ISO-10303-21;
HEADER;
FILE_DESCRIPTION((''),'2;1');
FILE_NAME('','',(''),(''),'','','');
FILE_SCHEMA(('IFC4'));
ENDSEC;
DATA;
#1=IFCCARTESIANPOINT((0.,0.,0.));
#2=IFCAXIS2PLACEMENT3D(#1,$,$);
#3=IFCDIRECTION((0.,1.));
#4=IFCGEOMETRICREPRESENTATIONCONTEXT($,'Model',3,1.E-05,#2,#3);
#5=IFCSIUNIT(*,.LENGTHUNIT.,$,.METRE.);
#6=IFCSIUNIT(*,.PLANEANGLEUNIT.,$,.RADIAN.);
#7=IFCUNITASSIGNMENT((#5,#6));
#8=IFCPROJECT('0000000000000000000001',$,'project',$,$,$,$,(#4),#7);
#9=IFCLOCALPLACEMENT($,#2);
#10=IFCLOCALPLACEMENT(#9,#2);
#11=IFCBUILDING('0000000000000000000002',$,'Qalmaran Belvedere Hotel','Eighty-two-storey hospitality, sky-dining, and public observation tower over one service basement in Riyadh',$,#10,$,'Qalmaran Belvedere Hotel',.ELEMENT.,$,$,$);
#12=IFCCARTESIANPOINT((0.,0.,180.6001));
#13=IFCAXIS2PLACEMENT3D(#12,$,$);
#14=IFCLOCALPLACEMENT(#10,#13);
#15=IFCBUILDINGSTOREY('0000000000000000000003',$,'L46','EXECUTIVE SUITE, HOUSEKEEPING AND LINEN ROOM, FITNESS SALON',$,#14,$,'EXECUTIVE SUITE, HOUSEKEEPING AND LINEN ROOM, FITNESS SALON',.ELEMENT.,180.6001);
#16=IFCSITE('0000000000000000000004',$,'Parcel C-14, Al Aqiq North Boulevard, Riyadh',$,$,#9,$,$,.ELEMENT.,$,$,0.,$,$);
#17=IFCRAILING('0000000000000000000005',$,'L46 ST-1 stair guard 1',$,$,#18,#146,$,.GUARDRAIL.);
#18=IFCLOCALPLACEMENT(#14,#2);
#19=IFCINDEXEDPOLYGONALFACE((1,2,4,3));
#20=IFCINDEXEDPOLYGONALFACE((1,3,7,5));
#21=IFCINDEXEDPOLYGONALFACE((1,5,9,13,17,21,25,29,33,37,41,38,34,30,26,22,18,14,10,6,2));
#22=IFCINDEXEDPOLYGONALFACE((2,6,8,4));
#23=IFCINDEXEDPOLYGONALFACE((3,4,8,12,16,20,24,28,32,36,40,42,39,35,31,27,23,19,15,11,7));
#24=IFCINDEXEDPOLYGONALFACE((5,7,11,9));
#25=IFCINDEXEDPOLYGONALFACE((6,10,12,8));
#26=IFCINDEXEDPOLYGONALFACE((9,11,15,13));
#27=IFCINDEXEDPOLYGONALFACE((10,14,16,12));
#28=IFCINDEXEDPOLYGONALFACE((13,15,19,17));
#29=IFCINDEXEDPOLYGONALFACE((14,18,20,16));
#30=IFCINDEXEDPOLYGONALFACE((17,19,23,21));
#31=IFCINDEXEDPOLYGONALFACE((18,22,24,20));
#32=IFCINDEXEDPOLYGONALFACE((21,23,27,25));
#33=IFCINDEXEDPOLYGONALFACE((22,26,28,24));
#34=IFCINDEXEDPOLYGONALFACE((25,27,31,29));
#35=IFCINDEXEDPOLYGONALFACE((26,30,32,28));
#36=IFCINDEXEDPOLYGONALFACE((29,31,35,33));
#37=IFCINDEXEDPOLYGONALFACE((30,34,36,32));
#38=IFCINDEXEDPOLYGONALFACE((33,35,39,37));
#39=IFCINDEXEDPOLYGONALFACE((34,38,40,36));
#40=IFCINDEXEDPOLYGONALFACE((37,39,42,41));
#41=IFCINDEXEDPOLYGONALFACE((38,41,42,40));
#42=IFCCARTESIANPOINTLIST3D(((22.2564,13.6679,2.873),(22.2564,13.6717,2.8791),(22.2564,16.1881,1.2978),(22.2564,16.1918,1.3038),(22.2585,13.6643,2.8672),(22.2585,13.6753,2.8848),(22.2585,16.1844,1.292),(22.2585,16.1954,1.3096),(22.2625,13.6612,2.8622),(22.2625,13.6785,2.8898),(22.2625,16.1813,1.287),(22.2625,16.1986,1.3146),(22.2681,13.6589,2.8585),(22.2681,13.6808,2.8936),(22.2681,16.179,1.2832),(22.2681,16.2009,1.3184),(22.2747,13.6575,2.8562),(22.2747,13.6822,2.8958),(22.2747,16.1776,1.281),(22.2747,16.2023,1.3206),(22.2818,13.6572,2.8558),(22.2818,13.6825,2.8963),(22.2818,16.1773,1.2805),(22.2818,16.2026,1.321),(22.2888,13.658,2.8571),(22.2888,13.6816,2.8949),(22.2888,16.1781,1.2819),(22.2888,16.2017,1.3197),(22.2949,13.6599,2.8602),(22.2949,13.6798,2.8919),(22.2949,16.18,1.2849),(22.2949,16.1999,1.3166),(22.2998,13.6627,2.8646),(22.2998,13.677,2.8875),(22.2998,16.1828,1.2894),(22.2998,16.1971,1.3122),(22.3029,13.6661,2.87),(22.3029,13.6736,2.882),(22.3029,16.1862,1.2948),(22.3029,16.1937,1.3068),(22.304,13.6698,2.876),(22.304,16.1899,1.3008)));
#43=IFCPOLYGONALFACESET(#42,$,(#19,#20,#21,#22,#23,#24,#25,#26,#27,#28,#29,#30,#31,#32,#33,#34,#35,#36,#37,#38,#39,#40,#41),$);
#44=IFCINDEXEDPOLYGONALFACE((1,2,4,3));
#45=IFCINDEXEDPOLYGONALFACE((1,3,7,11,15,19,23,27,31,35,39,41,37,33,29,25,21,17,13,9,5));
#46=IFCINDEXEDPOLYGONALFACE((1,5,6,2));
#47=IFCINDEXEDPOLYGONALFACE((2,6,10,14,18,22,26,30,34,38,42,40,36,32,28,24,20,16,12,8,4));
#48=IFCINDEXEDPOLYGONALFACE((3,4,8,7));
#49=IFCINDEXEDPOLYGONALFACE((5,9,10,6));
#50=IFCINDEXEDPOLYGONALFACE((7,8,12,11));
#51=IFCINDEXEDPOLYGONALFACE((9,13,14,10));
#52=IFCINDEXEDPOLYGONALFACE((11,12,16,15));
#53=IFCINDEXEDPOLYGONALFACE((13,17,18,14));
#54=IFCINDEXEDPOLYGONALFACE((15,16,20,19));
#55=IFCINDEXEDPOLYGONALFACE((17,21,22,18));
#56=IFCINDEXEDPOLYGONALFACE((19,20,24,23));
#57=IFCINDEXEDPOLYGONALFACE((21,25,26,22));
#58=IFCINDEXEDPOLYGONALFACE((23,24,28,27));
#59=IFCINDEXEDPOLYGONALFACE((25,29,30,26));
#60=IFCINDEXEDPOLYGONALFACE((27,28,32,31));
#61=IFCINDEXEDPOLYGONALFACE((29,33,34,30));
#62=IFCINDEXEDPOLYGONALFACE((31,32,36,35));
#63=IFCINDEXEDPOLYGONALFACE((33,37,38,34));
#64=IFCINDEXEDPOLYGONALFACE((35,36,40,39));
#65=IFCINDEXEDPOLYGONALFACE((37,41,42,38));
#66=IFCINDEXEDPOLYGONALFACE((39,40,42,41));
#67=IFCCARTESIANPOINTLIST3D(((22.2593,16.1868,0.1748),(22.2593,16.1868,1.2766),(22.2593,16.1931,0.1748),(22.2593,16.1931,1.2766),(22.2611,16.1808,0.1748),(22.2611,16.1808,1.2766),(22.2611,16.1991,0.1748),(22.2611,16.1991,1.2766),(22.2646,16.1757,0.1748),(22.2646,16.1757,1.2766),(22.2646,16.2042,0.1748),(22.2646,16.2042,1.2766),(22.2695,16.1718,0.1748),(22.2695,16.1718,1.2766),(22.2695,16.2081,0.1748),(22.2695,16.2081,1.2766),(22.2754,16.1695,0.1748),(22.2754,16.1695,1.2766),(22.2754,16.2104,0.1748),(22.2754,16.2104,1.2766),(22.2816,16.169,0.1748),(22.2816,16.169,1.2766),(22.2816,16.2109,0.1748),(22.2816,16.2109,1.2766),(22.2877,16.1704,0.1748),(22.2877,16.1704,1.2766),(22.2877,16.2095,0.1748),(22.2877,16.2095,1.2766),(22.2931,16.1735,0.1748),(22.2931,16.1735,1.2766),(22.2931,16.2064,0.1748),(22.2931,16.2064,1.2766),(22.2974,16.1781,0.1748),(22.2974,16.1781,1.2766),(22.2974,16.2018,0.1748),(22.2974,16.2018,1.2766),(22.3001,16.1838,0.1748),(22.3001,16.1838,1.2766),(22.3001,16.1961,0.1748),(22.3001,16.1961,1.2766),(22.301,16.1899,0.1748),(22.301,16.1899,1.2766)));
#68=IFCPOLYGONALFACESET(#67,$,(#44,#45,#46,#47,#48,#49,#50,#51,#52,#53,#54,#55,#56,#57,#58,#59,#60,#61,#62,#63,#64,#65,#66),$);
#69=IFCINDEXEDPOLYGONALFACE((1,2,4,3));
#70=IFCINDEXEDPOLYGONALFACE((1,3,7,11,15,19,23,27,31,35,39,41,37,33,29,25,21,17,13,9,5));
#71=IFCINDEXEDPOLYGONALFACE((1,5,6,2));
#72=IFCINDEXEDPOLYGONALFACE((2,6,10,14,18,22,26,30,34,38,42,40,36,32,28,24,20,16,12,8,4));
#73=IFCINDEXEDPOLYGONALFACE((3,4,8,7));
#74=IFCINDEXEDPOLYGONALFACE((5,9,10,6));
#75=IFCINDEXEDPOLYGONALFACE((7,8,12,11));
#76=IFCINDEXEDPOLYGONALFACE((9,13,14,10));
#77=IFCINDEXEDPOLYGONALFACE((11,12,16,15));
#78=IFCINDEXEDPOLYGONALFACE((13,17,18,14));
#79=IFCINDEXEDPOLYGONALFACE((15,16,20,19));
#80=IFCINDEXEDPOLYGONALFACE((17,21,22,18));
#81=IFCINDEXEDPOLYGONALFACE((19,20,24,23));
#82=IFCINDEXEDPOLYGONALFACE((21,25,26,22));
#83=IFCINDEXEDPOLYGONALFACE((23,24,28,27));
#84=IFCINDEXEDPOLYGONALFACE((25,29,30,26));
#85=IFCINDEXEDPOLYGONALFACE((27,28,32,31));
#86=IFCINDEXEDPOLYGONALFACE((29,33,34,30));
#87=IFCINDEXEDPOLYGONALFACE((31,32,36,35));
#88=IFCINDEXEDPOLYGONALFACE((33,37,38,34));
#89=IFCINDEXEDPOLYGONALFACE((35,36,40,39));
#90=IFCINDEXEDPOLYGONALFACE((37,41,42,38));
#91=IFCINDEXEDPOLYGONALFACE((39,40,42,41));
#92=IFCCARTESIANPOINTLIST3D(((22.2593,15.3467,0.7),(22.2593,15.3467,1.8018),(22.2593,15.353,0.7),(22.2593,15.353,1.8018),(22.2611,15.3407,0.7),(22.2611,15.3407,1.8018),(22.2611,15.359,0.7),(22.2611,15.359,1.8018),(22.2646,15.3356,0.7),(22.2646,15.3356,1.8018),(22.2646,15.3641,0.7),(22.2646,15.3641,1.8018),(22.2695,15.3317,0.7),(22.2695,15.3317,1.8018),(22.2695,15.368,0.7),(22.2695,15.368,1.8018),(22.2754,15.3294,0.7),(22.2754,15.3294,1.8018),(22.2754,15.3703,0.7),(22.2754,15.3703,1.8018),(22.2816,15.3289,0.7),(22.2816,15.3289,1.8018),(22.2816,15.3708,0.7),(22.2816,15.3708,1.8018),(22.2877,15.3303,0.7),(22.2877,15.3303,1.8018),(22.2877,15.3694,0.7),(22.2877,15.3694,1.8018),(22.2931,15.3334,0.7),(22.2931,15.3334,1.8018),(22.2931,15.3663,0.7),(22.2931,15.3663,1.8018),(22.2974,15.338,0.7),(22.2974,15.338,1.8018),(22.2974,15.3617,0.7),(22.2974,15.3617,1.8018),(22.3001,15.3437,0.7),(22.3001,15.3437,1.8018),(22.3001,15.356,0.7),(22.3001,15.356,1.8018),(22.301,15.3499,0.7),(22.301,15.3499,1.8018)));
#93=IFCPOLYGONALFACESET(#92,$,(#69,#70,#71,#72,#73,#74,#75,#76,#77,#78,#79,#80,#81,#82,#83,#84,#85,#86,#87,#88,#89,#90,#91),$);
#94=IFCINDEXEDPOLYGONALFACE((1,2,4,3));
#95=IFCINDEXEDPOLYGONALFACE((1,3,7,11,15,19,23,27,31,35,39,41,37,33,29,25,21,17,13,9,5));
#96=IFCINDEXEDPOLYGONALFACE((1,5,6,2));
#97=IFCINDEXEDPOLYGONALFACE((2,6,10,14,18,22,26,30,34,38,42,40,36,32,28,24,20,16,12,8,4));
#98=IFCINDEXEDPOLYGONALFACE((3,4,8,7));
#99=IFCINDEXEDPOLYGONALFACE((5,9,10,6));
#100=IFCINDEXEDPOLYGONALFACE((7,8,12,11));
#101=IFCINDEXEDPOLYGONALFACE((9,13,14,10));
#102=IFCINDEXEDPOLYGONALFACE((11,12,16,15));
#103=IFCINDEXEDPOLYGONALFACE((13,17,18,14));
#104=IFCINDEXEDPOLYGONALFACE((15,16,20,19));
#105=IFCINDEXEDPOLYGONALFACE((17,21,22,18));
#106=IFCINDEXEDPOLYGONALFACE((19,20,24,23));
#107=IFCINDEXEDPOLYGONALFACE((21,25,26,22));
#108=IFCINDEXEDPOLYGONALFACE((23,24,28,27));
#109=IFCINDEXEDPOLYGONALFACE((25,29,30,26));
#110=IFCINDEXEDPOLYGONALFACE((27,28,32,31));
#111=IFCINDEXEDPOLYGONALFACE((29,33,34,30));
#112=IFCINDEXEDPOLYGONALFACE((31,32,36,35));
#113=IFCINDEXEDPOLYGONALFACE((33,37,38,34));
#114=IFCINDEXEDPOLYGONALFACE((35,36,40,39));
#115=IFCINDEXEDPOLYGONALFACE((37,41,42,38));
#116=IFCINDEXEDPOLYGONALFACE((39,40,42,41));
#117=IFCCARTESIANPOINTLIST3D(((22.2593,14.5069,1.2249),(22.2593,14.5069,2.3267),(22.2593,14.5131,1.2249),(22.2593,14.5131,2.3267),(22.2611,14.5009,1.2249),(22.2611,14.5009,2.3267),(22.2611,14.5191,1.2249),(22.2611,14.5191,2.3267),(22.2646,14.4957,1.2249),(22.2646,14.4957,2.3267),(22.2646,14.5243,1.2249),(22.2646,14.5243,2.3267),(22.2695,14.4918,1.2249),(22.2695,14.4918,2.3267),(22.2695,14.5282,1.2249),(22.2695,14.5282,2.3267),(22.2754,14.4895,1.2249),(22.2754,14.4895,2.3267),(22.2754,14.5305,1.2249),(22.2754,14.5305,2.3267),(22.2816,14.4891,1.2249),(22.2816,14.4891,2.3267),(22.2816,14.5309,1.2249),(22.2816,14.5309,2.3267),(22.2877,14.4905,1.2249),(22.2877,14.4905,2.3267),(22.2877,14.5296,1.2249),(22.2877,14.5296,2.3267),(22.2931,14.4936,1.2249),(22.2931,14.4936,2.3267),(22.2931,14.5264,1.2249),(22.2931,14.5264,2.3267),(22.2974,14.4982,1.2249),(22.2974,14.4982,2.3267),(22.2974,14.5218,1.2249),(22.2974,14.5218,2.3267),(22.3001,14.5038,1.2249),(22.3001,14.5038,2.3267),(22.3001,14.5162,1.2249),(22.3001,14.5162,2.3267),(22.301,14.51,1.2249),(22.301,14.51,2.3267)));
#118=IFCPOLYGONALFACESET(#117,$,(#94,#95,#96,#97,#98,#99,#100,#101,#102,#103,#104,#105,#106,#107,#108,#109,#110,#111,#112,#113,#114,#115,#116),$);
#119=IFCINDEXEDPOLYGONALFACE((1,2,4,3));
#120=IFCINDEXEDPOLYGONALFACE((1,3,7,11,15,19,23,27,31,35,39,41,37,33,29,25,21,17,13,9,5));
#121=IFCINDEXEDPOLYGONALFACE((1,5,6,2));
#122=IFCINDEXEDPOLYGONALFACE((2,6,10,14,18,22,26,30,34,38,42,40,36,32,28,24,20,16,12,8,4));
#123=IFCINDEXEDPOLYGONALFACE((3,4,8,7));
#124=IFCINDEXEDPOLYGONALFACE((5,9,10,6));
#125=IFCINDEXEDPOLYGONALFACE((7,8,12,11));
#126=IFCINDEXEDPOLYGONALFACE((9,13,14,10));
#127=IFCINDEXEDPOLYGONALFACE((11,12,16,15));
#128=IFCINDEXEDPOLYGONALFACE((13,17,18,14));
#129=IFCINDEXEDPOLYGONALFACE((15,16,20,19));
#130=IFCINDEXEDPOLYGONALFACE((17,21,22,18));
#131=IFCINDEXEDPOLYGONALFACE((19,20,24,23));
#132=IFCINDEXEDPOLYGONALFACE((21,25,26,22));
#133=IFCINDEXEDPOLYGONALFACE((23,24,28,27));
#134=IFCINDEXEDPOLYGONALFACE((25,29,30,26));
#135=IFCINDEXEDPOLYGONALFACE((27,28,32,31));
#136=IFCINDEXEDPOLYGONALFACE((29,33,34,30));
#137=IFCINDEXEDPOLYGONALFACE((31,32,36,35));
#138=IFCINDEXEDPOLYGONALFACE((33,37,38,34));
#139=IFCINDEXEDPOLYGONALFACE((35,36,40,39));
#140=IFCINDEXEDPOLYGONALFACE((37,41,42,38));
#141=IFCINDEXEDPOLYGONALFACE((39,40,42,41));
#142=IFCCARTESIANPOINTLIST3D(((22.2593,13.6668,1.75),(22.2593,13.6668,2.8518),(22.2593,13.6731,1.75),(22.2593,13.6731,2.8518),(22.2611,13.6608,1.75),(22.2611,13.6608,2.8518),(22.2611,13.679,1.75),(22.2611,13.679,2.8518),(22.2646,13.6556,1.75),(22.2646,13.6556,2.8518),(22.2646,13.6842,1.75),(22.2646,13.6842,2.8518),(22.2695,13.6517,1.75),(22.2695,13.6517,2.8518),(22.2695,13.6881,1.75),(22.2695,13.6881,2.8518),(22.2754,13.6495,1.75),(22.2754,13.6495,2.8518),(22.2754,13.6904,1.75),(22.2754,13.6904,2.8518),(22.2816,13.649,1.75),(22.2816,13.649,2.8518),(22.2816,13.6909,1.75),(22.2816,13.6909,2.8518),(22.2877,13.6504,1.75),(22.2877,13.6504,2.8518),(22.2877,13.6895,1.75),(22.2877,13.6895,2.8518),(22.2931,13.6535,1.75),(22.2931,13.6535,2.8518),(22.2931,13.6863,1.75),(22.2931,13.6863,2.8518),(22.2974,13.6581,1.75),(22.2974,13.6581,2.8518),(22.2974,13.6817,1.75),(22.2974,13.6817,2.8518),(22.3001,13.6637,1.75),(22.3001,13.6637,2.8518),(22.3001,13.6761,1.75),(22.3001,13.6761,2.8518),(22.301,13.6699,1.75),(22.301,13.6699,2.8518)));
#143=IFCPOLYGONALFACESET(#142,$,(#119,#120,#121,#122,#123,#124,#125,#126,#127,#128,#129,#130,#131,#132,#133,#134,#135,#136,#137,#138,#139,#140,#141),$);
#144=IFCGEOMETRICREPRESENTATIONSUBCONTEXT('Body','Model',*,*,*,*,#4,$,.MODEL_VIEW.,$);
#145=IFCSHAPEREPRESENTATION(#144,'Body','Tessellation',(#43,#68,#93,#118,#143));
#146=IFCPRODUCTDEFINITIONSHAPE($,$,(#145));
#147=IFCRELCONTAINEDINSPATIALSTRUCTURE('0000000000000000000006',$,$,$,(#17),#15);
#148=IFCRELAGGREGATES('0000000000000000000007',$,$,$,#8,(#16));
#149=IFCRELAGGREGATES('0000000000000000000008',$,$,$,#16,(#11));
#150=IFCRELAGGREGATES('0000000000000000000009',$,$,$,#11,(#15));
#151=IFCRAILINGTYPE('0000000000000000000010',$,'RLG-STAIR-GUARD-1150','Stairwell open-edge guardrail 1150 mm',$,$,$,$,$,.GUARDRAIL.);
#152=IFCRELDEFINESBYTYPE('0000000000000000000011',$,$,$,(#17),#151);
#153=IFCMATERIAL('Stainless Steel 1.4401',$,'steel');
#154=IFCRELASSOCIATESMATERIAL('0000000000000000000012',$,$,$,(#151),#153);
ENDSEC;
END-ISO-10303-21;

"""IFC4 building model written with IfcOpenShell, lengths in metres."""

from ifc_helpers import new_model, si_unit, direction, frame, origin, origin_2d, place, context, subcontext, project, spatial, circle, extrude, material, type_object, element, save


model = new_model("IFC4")

# Units and contexts
model_context = context("Model", 3, precision=1e-05, world=origin(), true_north=direction((0.0, 1.0)))
body_context = subcontext(model_context, "Body", "Model", "MODEL_VIEW")
ifc_project = project(units=[si_unit("LENGTHUNIT", "METRE"), si_unit("PLANEANGLEUNIT", "RADIAN")], contexts=[model_context])

# Site, building, storey
site_placement = place(None, origin())
site = spatial("IfcSite", under=ifc_project, at=site_placement, Name="Parcel C-14, Al Aqiq North Boulevard, Riyadh", CompositionType="ELEMENT", RefElevation=0.0)
building_placement = place(site_placement, origin())
building = spatial("IfcBuilding", under=site, at=building_placement, Name="Qalmaran Belvedere Hotel", Description="Eighty-two-storey hospitality, sky-dining, and public observation tower over one service basement in Riyadh", LongName="Qalmaran Belvedere Hotel", CompositionType="ELEMENT")
storey_placement = place(building_placement, frame((0.0, 0.0, 180.6001)))
storey = spatial("IfcBuildingStorey", under=building, at=storey_placement, Name="L46", Description="EXECUTIVE SUITE, HOUSEKEEPING AND LINEN ROOM, FITNESS SALON", LongName="EXECUTIVE SUITE, HOUSEKEEPING AND LINEN ROOM, FITNESS SALON", CompositionType="ELEMENT", Elevation=180.6001)

# Shared definitions
ifc_material_1 = material(Name="Stainless Steel 1.4401", Category="steel")

# Railing
railing_type = type_object("IfcRailingType", Name="RLG-STAIR-GUARD-1150", Description="Stairwell open-edge guardrail 1150 mm", PredefinedType="GUARDRAIL", material=ifc_material_1)
railing_1_placement = place(storey_placement, frame((22.28, 16.1899, 0.1748)))
element("IfcRailing", 1, at=railing_1_placement, inside=storey, type_object=railing_type, Name="L46 ST-1 stair guard 1", PredefinedType="GUARDRAIL", context=body_context, shape_type="SweptSolid", body=[
    extrude(circle(Radius=0.0239, at=origin_2d()), frame((0.0, 0.0, 1.126), z_axis=(0.0, -0.847971, 0.530043), x_axis=(1.0, 0.0, 0.0)), (0.0, 0.0, 1.0), 2.9719),
    extrude(circle(Radius=0.021, at=origin_2d()), origin(), (0.0, 0.0, 1.0), 1.1018),
    extrude(circle(Radius=0.021, at=origin_2d()), frame((0.0, -0.8401, 0.5251)), (0.0, 0.0, 1.0), 1.1018),
    extrude(circle(Radius=0.021, at=origin_2d()), frame((0.0, -1.6799, 1.05)), (0.0, 0.0, 1.0), 1.1018),
    extrude(circle(Radius=0.021, at=origin_2d()), frame((0.0, -2.52, 1.5752)), (0.0, 0.0, 1.0), 1.1018),
])

save(model, "model.ifc")
